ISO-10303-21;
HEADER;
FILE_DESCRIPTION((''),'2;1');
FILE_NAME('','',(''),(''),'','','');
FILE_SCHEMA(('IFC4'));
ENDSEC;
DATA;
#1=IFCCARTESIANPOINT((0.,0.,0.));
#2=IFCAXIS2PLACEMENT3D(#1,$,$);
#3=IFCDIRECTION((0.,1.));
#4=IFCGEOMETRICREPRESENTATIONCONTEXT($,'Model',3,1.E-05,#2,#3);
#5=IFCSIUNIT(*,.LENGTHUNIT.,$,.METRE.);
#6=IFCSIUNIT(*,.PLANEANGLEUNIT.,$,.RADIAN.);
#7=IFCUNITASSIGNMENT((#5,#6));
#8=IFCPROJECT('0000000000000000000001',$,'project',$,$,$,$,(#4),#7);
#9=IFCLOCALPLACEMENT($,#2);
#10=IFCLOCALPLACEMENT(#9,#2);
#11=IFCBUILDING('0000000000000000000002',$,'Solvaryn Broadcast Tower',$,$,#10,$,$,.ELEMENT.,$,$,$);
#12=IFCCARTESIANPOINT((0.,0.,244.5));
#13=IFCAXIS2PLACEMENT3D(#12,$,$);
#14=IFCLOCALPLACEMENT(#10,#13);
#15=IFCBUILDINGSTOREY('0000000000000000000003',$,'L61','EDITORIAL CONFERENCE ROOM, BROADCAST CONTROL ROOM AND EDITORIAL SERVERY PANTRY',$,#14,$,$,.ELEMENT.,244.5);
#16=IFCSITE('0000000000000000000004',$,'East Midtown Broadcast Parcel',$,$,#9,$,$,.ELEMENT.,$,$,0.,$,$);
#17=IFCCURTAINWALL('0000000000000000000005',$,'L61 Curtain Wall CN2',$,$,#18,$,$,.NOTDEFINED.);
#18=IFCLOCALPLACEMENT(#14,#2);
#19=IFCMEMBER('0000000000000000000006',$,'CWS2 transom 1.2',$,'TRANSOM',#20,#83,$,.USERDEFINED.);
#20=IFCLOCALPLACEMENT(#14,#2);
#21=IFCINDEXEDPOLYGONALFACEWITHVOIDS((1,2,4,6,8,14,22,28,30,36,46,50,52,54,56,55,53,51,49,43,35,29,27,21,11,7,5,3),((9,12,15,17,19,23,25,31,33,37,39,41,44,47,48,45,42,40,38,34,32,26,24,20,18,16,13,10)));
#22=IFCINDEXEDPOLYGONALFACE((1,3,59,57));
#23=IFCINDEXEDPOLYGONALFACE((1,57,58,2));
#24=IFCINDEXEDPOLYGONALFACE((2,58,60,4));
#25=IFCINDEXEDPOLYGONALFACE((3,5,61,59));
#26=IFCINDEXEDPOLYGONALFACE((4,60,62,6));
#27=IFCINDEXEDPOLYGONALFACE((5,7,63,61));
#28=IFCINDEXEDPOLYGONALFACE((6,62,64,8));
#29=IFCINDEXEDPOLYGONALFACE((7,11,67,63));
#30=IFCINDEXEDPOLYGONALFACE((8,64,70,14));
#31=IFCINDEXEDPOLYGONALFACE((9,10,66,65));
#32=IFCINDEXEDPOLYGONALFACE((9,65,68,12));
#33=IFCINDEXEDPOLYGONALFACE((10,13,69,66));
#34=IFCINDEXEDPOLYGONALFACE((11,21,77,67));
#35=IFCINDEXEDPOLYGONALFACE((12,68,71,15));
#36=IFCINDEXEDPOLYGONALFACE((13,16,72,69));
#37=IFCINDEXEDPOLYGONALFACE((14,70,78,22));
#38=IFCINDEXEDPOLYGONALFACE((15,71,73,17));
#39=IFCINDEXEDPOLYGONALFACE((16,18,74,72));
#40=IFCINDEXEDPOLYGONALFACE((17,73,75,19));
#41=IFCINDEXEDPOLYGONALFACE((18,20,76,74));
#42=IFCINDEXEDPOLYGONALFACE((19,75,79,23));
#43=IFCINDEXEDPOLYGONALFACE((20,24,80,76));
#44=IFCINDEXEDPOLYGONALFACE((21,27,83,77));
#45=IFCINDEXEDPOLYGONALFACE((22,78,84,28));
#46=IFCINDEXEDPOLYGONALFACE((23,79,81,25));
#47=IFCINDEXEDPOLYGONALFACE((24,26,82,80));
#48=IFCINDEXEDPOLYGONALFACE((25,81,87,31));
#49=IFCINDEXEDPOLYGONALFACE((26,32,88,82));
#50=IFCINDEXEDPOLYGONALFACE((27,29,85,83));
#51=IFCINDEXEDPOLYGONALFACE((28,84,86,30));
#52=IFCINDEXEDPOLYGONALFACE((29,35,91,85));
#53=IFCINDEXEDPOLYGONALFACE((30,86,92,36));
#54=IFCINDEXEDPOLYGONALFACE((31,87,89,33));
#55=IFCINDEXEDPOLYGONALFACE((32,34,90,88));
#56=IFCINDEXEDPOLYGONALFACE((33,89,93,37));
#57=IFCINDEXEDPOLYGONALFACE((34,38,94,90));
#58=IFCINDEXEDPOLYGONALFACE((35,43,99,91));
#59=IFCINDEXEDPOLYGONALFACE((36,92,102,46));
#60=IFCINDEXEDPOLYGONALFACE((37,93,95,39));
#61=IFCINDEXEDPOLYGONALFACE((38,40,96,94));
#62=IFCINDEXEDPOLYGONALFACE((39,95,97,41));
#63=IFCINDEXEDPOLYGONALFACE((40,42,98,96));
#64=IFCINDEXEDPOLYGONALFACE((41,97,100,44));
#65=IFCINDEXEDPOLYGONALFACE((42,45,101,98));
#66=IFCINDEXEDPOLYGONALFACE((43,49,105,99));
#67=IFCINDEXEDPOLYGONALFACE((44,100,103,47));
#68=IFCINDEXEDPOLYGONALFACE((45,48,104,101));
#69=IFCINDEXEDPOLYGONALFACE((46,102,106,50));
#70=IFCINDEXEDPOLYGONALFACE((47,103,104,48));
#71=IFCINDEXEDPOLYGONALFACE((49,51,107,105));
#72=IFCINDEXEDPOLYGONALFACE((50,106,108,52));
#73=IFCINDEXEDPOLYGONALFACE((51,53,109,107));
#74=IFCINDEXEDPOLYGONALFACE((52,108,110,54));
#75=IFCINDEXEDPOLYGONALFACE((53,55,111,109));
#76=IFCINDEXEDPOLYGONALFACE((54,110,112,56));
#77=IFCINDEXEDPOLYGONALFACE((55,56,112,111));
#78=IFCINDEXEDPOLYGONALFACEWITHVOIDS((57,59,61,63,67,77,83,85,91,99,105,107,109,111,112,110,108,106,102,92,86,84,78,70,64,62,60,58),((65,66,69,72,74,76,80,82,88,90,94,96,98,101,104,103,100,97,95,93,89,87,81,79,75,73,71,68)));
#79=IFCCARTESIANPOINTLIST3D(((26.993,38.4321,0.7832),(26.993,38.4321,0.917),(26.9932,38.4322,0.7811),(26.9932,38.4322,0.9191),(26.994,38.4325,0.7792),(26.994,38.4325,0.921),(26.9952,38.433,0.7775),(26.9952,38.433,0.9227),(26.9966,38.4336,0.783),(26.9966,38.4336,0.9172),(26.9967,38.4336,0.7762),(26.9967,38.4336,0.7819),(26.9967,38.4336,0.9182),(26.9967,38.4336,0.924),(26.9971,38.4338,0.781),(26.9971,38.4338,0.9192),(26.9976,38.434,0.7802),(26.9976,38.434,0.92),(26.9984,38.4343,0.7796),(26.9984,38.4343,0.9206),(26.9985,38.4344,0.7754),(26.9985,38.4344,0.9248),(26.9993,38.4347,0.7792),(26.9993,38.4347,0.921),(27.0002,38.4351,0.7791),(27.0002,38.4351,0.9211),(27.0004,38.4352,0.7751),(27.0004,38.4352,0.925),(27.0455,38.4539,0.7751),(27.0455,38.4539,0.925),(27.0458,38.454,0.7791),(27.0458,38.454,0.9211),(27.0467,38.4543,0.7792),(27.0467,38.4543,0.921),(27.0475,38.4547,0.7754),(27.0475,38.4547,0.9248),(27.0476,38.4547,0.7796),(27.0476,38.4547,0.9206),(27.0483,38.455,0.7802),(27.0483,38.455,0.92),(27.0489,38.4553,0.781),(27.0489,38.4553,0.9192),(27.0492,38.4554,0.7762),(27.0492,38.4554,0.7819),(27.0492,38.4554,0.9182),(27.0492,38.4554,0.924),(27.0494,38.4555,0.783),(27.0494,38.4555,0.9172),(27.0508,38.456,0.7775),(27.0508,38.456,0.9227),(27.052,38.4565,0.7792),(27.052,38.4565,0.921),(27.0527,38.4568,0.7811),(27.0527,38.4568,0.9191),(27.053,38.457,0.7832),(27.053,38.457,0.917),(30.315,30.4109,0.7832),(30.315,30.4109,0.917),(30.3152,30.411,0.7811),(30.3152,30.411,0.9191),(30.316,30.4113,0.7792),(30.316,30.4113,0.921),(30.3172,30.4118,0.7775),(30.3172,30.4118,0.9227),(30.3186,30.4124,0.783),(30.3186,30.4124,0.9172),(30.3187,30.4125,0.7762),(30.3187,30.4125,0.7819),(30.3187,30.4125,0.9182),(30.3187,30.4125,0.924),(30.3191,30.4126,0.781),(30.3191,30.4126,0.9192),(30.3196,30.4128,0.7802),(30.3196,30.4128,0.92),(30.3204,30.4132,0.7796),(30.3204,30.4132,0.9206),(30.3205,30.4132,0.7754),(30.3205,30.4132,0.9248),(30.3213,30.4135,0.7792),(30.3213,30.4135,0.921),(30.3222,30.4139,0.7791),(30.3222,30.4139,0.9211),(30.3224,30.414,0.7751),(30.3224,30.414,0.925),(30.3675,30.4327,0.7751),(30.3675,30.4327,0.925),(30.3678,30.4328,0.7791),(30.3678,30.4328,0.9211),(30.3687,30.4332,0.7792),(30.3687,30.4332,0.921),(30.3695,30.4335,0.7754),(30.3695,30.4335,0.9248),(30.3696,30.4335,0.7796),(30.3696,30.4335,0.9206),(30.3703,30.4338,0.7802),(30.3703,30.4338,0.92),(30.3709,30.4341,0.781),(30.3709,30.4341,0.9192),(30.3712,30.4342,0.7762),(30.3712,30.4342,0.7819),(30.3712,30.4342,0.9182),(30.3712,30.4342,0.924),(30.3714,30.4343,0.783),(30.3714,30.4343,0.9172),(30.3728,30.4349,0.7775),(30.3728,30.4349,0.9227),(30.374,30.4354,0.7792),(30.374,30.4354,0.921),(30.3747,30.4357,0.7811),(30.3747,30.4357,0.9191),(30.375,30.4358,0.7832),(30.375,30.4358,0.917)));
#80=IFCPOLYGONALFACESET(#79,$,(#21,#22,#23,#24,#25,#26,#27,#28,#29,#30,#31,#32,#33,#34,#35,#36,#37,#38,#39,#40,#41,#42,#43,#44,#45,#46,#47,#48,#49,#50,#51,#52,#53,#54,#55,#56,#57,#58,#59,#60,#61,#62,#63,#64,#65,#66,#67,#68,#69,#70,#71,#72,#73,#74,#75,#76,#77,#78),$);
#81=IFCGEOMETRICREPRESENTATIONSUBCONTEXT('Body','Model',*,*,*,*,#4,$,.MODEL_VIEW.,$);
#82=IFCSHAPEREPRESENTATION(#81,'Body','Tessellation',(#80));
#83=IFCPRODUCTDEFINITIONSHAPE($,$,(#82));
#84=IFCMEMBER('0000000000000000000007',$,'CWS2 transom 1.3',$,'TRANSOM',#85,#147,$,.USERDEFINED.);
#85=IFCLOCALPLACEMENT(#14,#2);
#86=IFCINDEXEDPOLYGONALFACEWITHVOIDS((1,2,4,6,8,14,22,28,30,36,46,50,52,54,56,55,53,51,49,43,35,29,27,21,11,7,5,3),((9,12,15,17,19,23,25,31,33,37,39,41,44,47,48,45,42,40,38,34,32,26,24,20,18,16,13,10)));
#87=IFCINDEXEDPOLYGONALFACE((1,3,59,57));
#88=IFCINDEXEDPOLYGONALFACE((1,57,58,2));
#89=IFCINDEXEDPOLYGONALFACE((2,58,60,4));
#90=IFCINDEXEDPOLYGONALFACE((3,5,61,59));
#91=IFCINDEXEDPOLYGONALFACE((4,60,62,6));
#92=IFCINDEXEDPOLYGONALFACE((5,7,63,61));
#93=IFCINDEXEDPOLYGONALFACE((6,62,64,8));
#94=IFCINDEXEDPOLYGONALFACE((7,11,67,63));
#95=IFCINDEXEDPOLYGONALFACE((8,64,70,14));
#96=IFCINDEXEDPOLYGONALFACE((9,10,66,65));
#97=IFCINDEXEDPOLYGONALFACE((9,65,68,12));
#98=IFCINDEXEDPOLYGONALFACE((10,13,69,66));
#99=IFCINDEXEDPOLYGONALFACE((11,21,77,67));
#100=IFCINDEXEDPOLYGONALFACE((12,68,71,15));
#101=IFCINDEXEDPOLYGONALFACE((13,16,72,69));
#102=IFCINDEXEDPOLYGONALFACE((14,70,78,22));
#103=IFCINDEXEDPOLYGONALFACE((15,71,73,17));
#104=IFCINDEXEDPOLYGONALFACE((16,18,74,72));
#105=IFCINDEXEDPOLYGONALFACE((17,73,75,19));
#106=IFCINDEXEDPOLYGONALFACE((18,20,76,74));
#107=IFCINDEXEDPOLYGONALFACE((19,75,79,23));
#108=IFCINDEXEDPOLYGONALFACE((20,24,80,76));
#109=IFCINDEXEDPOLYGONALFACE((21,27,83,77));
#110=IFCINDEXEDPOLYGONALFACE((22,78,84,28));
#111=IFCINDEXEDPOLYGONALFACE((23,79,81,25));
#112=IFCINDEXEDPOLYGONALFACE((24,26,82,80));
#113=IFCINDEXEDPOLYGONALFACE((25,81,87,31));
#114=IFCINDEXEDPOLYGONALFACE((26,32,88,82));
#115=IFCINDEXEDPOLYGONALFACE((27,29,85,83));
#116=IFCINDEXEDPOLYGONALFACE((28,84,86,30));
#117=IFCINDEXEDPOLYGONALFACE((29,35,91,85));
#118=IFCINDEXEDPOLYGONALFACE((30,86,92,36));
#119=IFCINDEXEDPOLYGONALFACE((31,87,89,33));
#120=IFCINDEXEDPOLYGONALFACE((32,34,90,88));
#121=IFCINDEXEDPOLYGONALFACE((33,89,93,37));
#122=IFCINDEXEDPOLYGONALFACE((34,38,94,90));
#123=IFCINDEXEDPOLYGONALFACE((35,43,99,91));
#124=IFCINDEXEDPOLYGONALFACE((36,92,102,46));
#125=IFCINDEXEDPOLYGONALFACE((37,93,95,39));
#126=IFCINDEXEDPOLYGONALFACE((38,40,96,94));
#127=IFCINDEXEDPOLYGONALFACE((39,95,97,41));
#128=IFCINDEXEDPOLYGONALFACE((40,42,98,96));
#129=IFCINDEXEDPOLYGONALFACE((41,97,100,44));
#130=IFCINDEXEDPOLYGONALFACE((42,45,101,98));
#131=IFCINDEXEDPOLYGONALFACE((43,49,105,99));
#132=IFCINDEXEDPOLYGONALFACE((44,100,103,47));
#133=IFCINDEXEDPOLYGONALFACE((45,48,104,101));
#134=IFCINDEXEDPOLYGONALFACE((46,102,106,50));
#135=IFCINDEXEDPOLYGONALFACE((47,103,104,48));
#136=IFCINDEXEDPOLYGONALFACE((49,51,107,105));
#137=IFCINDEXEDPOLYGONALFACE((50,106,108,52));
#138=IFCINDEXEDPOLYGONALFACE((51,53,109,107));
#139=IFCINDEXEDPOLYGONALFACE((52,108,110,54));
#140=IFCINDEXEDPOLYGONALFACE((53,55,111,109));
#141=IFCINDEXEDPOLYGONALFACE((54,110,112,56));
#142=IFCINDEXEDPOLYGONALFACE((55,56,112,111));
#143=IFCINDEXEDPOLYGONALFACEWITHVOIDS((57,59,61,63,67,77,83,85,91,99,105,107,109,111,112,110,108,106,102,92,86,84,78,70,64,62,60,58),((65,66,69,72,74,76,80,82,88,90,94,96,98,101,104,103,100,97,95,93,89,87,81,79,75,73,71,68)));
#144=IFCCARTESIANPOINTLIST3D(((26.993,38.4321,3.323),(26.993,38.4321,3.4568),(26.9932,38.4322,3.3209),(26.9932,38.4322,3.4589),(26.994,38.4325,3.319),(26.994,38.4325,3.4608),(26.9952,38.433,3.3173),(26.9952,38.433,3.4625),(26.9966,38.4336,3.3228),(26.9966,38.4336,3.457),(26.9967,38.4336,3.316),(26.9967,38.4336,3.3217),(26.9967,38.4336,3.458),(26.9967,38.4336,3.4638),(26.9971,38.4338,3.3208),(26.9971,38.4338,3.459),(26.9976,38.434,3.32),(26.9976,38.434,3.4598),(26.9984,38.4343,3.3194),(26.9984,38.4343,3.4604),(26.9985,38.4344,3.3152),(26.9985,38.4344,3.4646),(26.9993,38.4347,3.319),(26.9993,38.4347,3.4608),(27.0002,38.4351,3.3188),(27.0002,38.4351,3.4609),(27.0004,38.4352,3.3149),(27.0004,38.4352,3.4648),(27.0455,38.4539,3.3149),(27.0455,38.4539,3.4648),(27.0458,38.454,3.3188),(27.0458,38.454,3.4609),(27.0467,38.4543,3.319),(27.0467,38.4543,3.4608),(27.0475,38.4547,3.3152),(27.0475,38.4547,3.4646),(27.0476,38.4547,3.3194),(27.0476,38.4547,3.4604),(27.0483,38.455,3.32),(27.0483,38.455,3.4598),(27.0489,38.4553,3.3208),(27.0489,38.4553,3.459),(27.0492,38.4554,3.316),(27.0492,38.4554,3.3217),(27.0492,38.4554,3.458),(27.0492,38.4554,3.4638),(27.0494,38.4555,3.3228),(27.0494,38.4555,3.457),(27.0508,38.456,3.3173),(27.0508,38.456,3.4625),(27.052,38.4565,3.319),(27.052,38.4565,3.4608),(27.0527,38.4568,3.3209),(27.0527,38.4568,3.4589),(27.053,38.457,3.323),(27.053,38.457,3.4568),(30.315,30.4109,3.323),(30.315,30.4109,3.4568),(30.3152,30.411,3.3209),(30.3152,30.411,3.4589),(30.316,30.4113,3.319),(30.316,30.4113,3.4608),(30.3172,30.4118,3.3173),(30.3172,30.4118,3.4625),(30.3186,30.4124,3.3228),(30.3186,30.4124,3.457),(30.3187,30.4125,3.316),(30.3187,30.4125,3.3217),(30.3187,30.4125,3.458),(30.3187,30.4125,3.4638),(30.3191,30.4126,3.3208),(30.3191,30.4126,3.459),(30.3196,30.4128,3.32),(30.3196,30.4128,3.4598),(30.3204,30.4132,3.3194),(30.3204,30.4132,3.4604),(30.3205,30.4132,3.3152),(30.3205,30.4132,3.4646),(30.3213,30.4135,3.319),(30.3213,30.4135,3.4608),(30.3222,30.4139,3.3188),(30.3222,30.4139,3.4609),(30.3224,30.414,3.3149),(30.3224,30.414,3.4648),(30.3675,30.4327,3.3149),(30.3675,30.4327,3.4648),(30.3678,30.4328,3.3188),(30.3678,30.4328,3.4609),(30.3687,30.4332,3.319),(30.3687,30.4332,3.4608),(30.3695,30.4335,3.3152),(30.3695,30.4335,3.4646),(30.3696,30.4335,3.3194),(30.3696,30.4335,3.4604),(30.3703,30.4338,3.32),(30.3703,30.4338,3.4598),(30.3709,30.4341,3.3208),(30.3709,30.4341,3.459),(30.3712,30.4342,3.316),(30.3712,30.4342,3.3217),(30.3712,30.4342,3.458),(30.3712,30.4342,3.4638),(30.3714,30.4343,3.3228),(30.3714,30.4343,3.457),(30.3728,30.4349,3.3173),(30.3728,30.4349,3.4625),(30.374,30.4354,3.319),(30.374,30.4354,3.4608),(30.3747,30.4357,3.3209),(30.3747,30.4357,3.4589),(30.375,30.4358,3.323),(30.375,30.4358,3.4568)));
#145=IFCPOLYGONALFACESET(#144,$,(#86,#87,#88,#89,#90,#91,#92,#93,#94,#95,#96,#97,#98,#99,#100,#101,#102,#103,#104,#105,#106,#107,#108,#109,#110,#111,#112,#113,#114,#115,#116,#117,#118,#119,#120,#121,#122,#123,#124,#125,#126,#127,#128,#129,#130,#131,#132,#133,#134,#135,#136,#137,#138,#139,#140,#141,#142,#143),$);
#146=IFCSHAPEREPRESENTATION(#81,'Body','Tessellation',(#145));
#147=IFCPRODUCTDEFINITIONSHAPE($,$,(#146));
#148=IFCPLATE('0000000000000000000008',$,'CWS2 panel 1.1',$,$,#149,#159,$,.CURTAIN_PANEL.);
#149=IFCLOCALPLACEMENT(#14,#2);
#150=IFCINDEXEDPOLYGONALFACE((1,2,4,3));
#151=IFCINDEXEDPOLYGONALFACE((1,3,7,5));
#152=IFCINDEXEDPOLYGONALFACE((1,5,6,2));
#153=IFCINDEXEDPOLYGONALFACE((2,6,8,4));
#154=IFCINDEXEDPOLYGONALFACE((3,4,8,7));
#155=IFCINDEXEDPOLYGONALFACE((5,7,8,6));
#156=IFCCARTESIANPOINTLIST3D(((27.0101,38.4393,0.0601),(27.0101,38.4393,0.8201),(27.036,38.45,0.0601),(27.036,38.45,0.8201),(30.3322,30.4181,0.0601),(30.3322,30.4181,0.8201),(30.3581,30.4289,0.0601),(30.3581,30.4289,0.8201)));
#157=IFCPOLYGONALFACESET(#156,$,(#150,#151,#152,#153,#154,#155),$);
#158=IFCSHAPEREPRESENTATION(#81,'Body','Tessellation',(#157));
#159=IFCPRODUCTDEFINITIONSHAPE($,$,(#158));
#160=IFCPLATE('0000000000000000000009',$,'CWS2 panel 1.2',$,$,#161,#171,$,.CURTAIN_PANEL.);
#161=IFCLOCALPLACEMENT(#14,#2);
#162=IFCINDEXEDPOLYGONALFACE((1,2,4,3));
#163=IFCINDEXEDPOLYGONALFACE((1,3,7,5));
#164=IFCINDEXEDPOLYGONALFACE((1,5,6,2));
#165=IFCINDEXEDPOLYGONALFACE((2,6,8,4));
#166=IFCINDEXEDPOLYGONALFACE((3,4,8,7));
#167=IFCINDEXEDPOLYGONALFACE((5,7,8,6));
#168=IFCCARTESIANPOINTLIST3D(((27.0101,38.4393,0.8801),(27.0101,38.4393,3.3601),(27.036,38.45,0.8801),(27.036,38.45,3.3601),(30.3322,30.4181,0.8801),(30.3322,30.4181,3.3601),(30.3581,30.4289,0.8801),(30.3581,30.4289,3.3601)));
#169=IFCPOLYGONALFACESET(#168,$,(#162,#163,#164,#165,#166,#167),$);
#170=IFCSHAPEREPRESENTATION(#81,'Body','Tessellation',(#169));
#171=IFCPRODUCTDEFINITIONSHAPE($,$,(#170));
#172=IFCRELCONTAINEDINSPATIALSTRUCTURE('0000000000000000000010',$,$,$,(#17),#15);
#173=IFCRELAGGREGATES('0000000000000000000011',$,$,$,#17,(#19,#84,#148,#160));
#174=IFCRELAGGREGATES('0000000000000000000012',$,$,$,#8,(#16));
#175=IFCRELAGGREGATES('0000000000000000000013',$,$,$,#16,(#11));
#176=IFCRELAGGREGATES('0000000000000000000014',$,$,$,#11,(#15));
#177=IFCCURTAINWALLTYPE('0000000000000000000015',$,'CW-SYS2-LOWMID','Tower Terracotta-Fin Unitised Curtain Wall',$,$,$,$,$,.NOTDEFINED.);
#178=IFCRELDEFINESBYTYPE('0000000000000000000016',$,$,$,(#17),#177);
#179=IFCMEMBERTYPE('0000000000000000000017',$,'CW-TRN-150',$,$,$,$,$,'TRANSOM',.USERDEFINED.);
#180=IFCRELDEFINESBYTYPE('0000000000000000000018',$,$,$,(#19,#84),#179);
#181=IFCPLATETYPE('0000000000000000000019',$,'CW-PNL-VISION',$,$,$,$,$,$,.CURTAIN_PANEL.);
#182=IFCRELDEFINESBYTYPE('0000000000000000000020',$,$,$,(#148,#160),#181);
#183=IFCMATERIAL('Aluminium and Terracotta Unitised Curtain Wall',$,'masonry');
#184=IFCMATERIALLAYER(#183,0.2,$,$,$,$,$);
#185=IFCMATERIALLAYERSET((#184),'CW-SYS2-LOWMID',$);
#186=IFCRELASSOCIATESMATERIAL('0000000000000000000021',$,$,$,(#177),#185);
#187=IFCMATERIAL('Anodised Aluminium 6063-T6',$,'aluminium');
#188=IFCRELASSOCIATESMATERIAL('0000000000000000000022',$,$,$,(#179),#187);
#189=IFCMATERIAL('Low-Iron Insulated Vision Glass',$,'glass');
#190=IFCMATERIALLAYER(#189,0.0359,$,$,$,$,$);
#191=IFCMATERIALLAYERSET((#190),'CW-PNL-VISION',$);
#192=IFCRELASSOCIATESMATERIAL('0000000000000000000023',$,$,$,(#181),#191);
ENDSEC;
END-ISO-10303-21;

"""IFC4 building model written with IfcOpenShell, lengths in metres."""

from ifc_helpers import new_model, si_unit, direction, frame, origin, origin_2d, place, context, subcontext, project, spatial, rectangle, hollow_rectangle, extrude, material, layer, layer_set, material_profile, profile_set, type_object, element, aggregate, save


model = new_model("IFC4")

# Units and contexts
model_context = context("Model", 3, precision=1e-05, world=origin(), true_north=direction((0.0, 1.0)))
body_context = subcontext(model_context, "Body", "Model", "MODEL_VIEW")
ifc_project = project(units=[si_unit("LENGTHUNIT", "METRE"), si_unit("PLANEANGLEUNIT", "RADIAN")], contexts=[model_context])

# Site, building, storey
site_placement = place(None, origin())
site = spatial("IfcSite", under=ifc_project, at=site_placement, Name="East Midtown Broadcast Parcel", CompositionType="ELEMENT", RefElevation=0.0)
building_placement = place(site_placement, origin())
building = spatial("IfcBuilding", under=site, at=building_placement, Name="Solvaryn Broadcast Tower", CompositionType="ELEMENT")
storey_placement = place(building_placement, frame((0.0, 0.0, 244.5)))
storey = spatial("IfcBuildingStorey", under=building, at=storey_placement, Name="L61", Description="EDITORIAL CONFERENCE ROOM, BROADCAST CONTROL ROOM AND EDITORIAL SERVERY PANTRY", CompositionType="ELEMENT", Elevation=244.5)

# Curtain wall, members, plates
ifc_material_1 = material(Name="Aluminium and Terracotta Unitised Curtain Wall", Category="masonry")
ifc_layer_1 = layer(ifc_material_1, 0.2)
ifc_layer_set_1 = layer_set([ifc_layer_1], Name="CW-SYS2-LOWMID")
curtain_wall_type = type_object("IfcCurtainWallType", Name="CW-SYS2-LOWMID", Description="Tower Terracotta-Fin Unitised Curtain Wall", PredefinedType="NOTDEFINED", material=ifc_layer_set_1)
curtain_wall_placement = place(storey_placement, origin())
curtain_wall = element("IfcCurtainWall", 1, at=curtain_wall_placement, inside=storey, type_object=curtain_wall_type, Name="L61 Curtain Wall CN2", PredefinedType="NOTDEFINED")
ifc_material_2 = material(Name="Anodised Aluminium 6063-T6", Category="aluminium")
ifc_material_profile_1 = material_profile(ifc_material_2, hollow_rectangle(XDim=0.0649, YDim=0.1499, WallThickness=0.0039, InnerFilletRadius=0.0039, OuterFilletRadius=0.0081, at=origin_2d()))
ifc_profile_set_1 = profile_set([ifc_material_profile_1], Name="Anodised Aluminium 6063-T6")
member_type_1 = type_object("IfcMemberType", Name="CW-TRN-150", ElementType="TRANSOM", PredefinedType="USERDEFINED", material=ifc_profile_set_1)
member_1_placement = place(storey_placement, frame((30.345, 30.4233, 0.8501), z_axis=(-0.382636, 0.923899, 0.0), x_axis=(-0.923899, -0.382636, 0.0)))
member_1 = element("IfcMember", 2, at=member_1_placement, type_object=member_type_1, Name="CWS2 transom 1.2", ObjectType="TRANSOM", PredefinedType="USERDEFINED", context=body_context, shape_type="SweptSolid", body=[
    extrude(hollow_rectangle(XDim=0.0649, YDim=0.1499, WallThickness=0.0039, InnerFilletRadius=0.0039, OuterFilletRadius=0.0081, at=origin_2d()), origin(), (0.0, 0.0, 1.0), 8.6819),
])
member_2_placement = place(storey_placement, frame((30.345, 30.4233, 3.3899), z_axis=(-0.382636, 0.923899, 0.0), x_axis=(-0.923899, -0.382636, 0.0)))
member_2 = element("IfcMember", 3, at=member_2_placement, type_object=member_type_1, Name="CWS2 transom 1.3", ObjectType="TRANSOM", PredefinedType="USERDEFINED", context=body_context, shape_type="SweptSolid", body=[
    extrude(hollow_rectangle(XDim=0.0649, YDim=0.1499, WallThickness=0.0039, InnerFilletRadius=0.0039, OuterFilletRadius=0.0081, at=origin_2d()), origin(), (0.0, 0.0, 1.0), 8.6819),
])
ifc_material_3 = material(Name="Low-Iron Insulated Vision Glass", Category="glass")
ifc_layer_2 = layer(ifc_material_3, 0.0359)
ifc_layer_set_2 = layer_set([ifc_layer_2], Name="CW-PNL-VISION")
plate_type = type_object("IfcPlateType", Name="CW-PNL-VISION", PredefinedType="CURTAIN_PANEL", material=ifc_layer_set_2)
plate_1_placement = place(storey_placement, frame((28.6841, 34.4341, 0.0601), z_axis=(0.0, 0.0, 1.0), x_axis=(-0.382646, 0.923895, 0.0)))
plate_1 = element("IfcPlate", 4, at=plate_1_placement, type_object=plate_type, Name="CWS2 panel 1.1", PredefinedType="CURTAIN_PANEL", context=body_context, shape_type="SweptSolid", body=[
    extrude(rectangle(XDim=8.6819, YDim=0.0281, at=origin_2d()), origin(), (0.0, 0.0, 1.0), 0.76),
])
plate_2_placement = place(storey_placement, frame((28.6841, 34.4341, 0.8801), z_axis=(0.0, 0.0, 1.0), x_axis=(-0.382646, 0.923895, 0.0)))
plate_2 = element("IfcPlate", 5, at=plate_2_placement, type_object=plate_type, Name="CWS2 panel 1.2", PredefinedType="CURTAIN_PANEL", context=body_context, shape_type="SweptSolid", body=[
    extrude(rectangle(XDim=8.6819, YDim=0.0281, at=origin_2d()), origin(), (0.0, 0.0, 1.0), 2.48),
])
aggregate(curtain_wall, [member_1, member_2, plate_1, plate_2])

save(model, "model.ifc")
